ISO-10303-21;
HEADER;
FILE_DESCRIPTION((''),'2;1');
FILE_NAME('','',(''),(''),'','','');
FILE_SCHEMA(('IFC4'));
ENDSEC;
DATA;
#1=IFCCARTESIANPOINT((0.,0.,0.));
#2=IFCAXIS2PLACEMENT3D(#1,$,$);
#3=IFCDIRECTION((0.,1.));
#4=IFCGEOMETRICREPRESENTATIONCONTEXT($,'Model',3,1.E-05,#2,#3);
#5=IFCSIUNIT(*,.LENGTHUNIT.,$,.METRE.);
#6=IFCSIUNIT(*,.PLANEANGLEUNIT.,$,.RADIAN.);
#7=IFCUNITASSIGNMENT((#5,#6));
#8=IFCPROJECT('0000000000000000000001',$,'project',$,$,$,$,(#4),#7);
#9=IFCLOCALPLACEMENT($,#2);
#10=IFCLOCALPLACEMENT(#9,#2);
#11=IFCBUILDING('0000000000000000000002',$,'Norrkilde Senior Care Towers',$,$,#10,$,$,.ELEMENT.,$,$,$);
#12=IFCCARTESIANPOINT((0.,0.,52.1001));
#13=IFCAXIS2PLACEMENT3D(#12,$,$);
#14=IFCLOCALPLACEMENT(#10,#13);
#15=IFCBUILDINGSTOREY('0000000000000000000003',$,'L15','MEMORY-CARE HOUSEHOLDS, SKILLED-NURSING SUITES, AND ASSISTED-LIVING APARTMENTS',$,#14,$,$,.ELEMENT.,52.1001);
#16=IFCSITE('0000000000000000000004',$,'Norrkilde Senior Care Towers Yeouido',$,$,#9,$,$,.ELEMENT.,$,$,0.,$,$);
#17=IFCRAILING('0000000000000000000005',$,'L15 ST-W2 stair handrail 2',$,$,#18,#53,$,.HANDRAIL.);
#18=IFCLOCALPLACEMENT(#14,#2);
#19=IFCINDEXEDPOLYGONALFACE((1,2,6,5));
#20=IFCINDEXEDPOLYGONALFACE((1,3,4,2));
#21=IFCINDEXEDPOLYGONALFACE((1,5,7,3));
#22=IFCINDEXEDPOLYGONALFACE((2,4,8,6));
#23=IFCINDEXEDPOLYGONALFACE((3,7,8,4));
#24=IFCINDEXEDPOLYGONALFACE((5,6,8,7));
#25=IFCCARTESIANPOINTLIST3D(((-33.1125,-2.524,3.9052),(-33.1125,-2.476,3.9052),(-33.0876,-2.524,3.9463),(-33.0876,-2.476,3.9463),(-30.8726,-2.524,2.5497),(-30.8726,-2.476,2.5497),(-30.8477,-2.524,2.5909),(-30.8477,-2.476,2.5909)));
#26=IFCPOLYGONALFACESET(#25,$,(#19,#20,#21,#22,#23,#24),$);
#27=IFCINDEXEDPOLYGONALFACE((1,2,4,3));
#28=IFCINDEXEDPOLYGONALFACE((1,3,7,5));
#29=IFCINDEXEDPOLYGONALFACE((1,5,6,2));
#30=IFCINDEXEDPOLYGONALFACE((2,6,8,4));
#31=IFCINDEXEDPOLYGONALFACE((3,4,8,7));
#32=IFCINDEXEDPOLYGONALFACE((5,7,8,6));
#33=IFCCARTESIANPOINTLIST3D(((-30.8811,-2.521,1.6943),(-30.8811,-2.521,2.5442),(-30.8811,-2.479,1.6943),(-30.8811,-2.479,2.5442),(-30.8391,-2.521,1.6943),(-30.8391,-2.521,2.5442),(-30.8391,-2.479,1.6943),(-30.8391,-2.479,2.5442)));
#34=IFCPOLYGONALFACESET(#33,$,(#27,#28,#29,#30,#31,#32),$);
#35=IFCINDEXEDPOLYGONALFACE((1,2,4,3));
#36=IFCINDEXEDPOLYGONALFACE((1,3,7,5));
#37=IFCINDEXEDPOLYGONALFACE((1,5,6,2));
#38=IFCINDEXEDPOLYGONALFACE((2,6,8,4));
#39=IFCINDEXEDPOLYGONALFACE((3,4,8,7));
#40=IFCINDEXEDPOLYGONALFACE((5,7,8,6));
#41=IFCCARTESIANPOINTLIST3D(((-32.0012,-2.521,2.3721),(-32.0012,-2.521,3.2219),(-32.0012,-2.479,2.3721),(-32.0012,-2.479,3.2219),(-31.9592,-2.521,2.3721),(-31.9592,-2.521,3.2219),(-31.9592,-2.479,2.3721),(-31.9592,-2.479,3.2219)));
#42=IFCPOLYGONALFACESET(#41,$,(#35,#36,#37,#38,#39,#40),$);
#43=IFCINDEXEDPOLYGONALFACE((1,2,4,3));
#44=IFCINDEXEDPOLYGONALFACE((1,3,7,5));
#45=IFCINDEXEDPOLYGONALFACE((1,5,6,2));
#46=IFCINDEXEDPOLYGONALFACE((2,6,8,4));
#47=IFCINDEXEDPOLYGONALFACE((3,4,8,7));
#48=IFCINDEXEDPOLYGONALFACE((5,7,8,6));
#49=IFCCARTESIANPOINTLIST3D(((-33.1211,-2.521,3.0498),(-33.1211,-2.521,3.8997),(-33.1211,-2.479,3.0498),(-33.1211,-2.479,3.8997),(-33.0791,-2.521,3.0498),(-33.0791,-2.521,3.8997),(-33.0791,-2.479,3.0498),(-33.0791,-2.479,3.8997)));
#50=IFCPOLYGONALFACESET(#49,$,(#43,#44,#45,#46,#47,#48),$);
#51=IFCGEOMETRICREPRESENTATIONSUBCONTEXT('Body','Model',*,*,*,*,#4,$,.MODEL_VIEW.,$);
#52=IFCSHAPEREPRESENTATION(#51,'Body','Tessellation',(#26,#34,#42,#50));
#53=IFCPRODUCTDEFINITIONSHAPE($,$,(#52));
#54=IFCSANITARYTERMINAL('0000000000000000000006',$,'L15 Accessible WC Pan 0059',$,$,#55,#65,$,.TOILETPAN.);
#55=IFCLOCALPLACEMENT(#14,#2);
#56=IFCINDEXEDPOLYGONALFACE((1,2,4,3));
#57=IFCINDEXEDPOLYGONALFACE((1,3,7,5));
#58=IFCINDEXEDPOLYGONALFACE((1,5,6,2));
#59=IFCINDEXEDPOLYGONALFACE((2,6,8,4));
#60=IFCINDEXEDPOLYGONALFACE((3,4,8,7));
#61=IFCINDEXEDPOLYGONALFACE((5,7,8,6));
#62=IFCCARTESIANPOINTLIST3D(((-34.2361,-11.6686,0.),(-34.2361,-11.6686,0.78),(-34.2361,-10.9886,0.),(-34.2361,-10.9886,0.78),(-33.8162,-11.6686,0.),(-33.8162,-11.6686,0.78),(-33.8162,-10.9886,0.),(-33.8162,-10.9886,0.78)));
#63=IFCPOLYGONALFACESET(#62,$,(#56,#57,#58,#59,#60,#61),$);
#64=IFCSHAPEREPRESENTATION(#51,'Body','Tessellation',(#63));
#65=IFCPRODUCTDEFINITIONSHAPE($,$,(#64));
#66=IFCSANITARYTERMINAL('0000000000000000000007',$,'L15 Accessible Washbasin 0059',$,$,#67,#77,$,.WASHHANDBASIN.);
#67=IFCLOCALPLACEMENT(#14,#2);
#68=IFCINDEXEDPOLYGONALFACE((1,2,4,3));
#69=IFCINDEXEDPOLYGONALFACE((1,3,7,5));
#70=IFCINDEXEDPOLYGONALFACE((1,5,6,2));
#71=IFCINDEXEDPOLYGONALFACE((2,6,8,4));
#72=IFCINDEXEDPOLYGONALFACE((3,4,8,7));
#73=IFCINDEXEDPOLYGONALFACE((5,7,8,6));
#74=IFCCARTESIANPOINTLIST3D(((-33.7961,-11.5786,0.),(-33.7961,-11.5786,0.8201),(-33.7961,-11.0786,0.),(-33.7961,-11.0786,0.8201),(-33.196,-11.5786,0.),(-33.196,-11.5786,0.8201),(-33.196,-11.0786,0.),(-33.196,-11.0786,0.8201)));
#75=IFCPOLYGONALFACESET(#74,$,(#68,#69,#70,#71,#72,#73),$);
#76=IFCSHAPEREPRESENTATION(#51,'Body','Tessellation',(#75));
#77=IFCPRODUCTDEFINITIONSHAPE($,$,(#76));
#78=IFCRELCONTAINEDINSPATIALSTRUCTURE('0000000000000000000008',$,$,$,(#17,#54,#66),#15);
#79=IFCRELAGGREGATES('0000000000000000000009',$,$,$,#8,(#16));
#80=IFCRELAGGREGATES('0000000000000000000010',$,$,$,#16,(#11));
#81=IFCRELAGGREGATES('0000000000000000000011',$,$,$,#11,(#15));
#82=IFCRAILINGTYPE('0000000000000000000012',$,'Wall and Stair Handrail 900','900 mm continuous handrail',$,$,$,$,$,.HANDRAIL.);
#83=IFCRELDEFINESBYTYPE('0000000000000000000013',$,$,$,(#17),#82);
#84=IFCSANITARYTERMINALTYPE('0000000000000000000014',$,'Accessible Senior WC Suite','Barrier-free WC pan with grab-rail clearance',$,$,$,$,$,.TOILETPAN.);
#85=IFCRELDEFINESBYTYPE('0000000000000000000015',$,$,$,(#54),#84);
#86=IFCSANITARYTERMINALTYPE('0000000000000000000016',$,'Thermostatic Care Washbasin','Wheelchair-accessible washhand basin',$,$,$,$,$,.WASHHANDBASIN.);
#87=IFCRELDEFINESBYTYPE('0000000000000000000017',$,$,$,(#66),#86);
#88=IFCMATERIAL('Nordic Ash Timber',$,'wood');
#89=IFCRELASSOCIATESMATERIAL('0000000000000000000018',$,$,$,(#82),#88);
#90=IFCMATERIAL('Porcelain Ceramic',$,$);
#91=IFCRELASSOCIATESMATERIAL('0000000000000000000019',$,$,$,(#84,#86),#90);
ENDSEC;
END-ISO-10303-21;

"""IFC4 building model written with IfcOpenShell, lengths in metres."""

from ifc_helpers import new_model, si_unit, direction, frame, origin, origin_2d, place, context, subcontext, project, spatial, rectangle, extrude, source, transform, mapped, material, type_object, type_shapes, element, save


model = new_model("IFC4")

# Units and contexts
model_context = context("Model", 3, precision=1e-05, world=origin(), true_north=direction((0.0, 1.0)))
body_context = subcontext(model_context, "Body", "Model", "MODEL_VIEW")
ifc_project = project(units=[si_unit("LENGTHUNIT", "METRE"), si_unit("PLANEANGLEUNIT", "RADIAN")], contexts=[model_context])

# Site, building, storey
site_placement = place(None, origin())
site = spatial("IfcSite", under=ifc_project, at=site_placement, Name="Norrkilde Senior Care Towers Yeouido", CompositionType="ELEMENT", RefElevation=0.0)
building_placement = place(site_placement, origin())
building = spatial("IfcBuilding", under=site, at=building_placement, Name="Norrkilde Senior Care Towers", CompositionType="ELEMENT")
storey_placement = place(building_placement, frame((0.0, 0.0, 52.1001)))
storey = spatial("IfcBuildingStorey", under=building, at=storey_placement, Name="L15", Description="MEMORY-CARE HOUSEHOLDS, SKILLED-NURSING SUITES, AND ASSISTED-LIVING APARTMENTS", CompositionType="ELEMENT", Elevation=52.1001)

# Railing
ifc_material_1 = material(Name="Nordic Ash Timber", Category="wood")
railing_type_1 = type_object("IfcRailingType", Name="Wall and Stair Handrail 900", Description="900 mm continuous handrail", PredefinedType="HANDRAIL", material=ifc_material_1)
railing_1_placement = place(storey_placement, frame((-30.8601, -2.5, 1.6943)))
element("IfcRailing", 1, at=railing_1_placement, inside=storey, type_object=railing_type_1, Name="L15 ST-W2 stair handrail 2", PredefinedType="HANDRAIL", context=body_context, shape_type="SweptSolid", body=[
    extrude(rectangle(XDim=0.0481, YDim=0.0481, at=origin_2d()), frame((0.0, 0.0, 0.876), z_axis=(-0.855553, 0.0, 0.517715), x_axis=(0.0, -1.0, 0.0)), (0.0, 0.0, 1.0), 2.6182),
    extrude(rectangle(XDim=0.042, YDim=0.042, at=origin_2d()), origin(), (0.0, 0.0, 1.0), 0.8499),
    extrude(rectangle(XDim=0.042, YDim=0.042, at=origin_2d()), frame((-1.1201, 0.0, 0.6777)), (0.0, 0.0, 1.0), 0.8499),
    extrude(rectangle(XDim=0.042, YDim=0.042, at=origin_2d()), frame((-2.24, 0.0, 1.3555)), (0.0, 0.0, 1.0), 0.8499),
])

# Sanitary terminals
ifc_material_2 = material(Name="Porcelain Ceramic")
sanitary_terminal_type_1 = type_object("IfcSanitaryTerminalType", Name="Accessible Senior WC Suite", Description="Barrier-free WC pan with grab-rail clearance", PredefinedType="TOILETPAN", material=ifc_material_2)
shared_shape_1 = source(origin(), body_context, "Body", "SweptSolid", [
    extrude(rectangle(XDim=0.4199, YDim=0.6799, at=origin_2d()), origin(), (0.0, 0.0, 1.0), 0.78),
])
type_shapes(sanitary_terminal_type_1, [shared_shape_1])
sanitary_terminal_1_placement = place(storey_placement, frame((-34.0261, -11.3286, 0.0), z_axis=(0.0, 0.0, 1.0), x_axis=(1.0, 0.0, 0.0)))
element("IfcSanitaryTerminal", 2, at=sanitary_terminal_1_placement, inside=storey, type_object=sanitary_terminal_type_1, Name="L15 Accessible WC Pan 0059", PredefinedType="TOILETPAN", context=body_context, shape_type="MappedRepresentation", body=[
    mapped(shared_shape_1, transform((0.0, 0.0, 0.0), x_axis=(1.0, 0.0, 0.0), y_axis=(0.0, 1.0, 0.0), z_axis=(0.0, 0.0, 1.0), scale=1.0)),
])
sanitary_terminal_type_2 = type_object("IfcSanitaryTerminalType", Name="Thermostatic Care Washbasin", Description="Wheelchair-accessible washhand basin", PredefinedType="WASHHANDBASIN", material=ifc_material_2)
shared_shape_2 = source(origin(), body_context, "Body", "SweptSolid", [
    extrude(rectangle(XDim=0.6001, YDim=0.5, at=origin_2d()), origin(), (0.0, 0.0, 1.0), 0.8201),
])
type_shapes(sanitary_terminal_type_2, [shared_shape_2])
sanitary_terminal_2_placement = place(storey_placement, frame((-33.4961, -11.3286, 0.0), z_axis=(0.0, 0.0, 1.0), x_axis=(1.0, 0.0, 0.0)))
element("IfcSanitaryTerminal", 3, at=sanitary_terminal_2_placement, inside=storey, type_object=sanitary_terminal_type_2, Name="L15 Accessible Washbasin 0059", PredefinedType="WASHHANDBASIN", context=body_context, shape_type="MappedRepresentation", body=[
    mapped(shared_shape_2, transform((0.0, 0.0, 0.0), x_axis=(1.0, 0.0, 0.0), y_axis=(0.0, 1.0, 0.0), z_axis=(0.0, 0.0, 1.0), scale=1.0)),
])

save(model, "model.ifc")
